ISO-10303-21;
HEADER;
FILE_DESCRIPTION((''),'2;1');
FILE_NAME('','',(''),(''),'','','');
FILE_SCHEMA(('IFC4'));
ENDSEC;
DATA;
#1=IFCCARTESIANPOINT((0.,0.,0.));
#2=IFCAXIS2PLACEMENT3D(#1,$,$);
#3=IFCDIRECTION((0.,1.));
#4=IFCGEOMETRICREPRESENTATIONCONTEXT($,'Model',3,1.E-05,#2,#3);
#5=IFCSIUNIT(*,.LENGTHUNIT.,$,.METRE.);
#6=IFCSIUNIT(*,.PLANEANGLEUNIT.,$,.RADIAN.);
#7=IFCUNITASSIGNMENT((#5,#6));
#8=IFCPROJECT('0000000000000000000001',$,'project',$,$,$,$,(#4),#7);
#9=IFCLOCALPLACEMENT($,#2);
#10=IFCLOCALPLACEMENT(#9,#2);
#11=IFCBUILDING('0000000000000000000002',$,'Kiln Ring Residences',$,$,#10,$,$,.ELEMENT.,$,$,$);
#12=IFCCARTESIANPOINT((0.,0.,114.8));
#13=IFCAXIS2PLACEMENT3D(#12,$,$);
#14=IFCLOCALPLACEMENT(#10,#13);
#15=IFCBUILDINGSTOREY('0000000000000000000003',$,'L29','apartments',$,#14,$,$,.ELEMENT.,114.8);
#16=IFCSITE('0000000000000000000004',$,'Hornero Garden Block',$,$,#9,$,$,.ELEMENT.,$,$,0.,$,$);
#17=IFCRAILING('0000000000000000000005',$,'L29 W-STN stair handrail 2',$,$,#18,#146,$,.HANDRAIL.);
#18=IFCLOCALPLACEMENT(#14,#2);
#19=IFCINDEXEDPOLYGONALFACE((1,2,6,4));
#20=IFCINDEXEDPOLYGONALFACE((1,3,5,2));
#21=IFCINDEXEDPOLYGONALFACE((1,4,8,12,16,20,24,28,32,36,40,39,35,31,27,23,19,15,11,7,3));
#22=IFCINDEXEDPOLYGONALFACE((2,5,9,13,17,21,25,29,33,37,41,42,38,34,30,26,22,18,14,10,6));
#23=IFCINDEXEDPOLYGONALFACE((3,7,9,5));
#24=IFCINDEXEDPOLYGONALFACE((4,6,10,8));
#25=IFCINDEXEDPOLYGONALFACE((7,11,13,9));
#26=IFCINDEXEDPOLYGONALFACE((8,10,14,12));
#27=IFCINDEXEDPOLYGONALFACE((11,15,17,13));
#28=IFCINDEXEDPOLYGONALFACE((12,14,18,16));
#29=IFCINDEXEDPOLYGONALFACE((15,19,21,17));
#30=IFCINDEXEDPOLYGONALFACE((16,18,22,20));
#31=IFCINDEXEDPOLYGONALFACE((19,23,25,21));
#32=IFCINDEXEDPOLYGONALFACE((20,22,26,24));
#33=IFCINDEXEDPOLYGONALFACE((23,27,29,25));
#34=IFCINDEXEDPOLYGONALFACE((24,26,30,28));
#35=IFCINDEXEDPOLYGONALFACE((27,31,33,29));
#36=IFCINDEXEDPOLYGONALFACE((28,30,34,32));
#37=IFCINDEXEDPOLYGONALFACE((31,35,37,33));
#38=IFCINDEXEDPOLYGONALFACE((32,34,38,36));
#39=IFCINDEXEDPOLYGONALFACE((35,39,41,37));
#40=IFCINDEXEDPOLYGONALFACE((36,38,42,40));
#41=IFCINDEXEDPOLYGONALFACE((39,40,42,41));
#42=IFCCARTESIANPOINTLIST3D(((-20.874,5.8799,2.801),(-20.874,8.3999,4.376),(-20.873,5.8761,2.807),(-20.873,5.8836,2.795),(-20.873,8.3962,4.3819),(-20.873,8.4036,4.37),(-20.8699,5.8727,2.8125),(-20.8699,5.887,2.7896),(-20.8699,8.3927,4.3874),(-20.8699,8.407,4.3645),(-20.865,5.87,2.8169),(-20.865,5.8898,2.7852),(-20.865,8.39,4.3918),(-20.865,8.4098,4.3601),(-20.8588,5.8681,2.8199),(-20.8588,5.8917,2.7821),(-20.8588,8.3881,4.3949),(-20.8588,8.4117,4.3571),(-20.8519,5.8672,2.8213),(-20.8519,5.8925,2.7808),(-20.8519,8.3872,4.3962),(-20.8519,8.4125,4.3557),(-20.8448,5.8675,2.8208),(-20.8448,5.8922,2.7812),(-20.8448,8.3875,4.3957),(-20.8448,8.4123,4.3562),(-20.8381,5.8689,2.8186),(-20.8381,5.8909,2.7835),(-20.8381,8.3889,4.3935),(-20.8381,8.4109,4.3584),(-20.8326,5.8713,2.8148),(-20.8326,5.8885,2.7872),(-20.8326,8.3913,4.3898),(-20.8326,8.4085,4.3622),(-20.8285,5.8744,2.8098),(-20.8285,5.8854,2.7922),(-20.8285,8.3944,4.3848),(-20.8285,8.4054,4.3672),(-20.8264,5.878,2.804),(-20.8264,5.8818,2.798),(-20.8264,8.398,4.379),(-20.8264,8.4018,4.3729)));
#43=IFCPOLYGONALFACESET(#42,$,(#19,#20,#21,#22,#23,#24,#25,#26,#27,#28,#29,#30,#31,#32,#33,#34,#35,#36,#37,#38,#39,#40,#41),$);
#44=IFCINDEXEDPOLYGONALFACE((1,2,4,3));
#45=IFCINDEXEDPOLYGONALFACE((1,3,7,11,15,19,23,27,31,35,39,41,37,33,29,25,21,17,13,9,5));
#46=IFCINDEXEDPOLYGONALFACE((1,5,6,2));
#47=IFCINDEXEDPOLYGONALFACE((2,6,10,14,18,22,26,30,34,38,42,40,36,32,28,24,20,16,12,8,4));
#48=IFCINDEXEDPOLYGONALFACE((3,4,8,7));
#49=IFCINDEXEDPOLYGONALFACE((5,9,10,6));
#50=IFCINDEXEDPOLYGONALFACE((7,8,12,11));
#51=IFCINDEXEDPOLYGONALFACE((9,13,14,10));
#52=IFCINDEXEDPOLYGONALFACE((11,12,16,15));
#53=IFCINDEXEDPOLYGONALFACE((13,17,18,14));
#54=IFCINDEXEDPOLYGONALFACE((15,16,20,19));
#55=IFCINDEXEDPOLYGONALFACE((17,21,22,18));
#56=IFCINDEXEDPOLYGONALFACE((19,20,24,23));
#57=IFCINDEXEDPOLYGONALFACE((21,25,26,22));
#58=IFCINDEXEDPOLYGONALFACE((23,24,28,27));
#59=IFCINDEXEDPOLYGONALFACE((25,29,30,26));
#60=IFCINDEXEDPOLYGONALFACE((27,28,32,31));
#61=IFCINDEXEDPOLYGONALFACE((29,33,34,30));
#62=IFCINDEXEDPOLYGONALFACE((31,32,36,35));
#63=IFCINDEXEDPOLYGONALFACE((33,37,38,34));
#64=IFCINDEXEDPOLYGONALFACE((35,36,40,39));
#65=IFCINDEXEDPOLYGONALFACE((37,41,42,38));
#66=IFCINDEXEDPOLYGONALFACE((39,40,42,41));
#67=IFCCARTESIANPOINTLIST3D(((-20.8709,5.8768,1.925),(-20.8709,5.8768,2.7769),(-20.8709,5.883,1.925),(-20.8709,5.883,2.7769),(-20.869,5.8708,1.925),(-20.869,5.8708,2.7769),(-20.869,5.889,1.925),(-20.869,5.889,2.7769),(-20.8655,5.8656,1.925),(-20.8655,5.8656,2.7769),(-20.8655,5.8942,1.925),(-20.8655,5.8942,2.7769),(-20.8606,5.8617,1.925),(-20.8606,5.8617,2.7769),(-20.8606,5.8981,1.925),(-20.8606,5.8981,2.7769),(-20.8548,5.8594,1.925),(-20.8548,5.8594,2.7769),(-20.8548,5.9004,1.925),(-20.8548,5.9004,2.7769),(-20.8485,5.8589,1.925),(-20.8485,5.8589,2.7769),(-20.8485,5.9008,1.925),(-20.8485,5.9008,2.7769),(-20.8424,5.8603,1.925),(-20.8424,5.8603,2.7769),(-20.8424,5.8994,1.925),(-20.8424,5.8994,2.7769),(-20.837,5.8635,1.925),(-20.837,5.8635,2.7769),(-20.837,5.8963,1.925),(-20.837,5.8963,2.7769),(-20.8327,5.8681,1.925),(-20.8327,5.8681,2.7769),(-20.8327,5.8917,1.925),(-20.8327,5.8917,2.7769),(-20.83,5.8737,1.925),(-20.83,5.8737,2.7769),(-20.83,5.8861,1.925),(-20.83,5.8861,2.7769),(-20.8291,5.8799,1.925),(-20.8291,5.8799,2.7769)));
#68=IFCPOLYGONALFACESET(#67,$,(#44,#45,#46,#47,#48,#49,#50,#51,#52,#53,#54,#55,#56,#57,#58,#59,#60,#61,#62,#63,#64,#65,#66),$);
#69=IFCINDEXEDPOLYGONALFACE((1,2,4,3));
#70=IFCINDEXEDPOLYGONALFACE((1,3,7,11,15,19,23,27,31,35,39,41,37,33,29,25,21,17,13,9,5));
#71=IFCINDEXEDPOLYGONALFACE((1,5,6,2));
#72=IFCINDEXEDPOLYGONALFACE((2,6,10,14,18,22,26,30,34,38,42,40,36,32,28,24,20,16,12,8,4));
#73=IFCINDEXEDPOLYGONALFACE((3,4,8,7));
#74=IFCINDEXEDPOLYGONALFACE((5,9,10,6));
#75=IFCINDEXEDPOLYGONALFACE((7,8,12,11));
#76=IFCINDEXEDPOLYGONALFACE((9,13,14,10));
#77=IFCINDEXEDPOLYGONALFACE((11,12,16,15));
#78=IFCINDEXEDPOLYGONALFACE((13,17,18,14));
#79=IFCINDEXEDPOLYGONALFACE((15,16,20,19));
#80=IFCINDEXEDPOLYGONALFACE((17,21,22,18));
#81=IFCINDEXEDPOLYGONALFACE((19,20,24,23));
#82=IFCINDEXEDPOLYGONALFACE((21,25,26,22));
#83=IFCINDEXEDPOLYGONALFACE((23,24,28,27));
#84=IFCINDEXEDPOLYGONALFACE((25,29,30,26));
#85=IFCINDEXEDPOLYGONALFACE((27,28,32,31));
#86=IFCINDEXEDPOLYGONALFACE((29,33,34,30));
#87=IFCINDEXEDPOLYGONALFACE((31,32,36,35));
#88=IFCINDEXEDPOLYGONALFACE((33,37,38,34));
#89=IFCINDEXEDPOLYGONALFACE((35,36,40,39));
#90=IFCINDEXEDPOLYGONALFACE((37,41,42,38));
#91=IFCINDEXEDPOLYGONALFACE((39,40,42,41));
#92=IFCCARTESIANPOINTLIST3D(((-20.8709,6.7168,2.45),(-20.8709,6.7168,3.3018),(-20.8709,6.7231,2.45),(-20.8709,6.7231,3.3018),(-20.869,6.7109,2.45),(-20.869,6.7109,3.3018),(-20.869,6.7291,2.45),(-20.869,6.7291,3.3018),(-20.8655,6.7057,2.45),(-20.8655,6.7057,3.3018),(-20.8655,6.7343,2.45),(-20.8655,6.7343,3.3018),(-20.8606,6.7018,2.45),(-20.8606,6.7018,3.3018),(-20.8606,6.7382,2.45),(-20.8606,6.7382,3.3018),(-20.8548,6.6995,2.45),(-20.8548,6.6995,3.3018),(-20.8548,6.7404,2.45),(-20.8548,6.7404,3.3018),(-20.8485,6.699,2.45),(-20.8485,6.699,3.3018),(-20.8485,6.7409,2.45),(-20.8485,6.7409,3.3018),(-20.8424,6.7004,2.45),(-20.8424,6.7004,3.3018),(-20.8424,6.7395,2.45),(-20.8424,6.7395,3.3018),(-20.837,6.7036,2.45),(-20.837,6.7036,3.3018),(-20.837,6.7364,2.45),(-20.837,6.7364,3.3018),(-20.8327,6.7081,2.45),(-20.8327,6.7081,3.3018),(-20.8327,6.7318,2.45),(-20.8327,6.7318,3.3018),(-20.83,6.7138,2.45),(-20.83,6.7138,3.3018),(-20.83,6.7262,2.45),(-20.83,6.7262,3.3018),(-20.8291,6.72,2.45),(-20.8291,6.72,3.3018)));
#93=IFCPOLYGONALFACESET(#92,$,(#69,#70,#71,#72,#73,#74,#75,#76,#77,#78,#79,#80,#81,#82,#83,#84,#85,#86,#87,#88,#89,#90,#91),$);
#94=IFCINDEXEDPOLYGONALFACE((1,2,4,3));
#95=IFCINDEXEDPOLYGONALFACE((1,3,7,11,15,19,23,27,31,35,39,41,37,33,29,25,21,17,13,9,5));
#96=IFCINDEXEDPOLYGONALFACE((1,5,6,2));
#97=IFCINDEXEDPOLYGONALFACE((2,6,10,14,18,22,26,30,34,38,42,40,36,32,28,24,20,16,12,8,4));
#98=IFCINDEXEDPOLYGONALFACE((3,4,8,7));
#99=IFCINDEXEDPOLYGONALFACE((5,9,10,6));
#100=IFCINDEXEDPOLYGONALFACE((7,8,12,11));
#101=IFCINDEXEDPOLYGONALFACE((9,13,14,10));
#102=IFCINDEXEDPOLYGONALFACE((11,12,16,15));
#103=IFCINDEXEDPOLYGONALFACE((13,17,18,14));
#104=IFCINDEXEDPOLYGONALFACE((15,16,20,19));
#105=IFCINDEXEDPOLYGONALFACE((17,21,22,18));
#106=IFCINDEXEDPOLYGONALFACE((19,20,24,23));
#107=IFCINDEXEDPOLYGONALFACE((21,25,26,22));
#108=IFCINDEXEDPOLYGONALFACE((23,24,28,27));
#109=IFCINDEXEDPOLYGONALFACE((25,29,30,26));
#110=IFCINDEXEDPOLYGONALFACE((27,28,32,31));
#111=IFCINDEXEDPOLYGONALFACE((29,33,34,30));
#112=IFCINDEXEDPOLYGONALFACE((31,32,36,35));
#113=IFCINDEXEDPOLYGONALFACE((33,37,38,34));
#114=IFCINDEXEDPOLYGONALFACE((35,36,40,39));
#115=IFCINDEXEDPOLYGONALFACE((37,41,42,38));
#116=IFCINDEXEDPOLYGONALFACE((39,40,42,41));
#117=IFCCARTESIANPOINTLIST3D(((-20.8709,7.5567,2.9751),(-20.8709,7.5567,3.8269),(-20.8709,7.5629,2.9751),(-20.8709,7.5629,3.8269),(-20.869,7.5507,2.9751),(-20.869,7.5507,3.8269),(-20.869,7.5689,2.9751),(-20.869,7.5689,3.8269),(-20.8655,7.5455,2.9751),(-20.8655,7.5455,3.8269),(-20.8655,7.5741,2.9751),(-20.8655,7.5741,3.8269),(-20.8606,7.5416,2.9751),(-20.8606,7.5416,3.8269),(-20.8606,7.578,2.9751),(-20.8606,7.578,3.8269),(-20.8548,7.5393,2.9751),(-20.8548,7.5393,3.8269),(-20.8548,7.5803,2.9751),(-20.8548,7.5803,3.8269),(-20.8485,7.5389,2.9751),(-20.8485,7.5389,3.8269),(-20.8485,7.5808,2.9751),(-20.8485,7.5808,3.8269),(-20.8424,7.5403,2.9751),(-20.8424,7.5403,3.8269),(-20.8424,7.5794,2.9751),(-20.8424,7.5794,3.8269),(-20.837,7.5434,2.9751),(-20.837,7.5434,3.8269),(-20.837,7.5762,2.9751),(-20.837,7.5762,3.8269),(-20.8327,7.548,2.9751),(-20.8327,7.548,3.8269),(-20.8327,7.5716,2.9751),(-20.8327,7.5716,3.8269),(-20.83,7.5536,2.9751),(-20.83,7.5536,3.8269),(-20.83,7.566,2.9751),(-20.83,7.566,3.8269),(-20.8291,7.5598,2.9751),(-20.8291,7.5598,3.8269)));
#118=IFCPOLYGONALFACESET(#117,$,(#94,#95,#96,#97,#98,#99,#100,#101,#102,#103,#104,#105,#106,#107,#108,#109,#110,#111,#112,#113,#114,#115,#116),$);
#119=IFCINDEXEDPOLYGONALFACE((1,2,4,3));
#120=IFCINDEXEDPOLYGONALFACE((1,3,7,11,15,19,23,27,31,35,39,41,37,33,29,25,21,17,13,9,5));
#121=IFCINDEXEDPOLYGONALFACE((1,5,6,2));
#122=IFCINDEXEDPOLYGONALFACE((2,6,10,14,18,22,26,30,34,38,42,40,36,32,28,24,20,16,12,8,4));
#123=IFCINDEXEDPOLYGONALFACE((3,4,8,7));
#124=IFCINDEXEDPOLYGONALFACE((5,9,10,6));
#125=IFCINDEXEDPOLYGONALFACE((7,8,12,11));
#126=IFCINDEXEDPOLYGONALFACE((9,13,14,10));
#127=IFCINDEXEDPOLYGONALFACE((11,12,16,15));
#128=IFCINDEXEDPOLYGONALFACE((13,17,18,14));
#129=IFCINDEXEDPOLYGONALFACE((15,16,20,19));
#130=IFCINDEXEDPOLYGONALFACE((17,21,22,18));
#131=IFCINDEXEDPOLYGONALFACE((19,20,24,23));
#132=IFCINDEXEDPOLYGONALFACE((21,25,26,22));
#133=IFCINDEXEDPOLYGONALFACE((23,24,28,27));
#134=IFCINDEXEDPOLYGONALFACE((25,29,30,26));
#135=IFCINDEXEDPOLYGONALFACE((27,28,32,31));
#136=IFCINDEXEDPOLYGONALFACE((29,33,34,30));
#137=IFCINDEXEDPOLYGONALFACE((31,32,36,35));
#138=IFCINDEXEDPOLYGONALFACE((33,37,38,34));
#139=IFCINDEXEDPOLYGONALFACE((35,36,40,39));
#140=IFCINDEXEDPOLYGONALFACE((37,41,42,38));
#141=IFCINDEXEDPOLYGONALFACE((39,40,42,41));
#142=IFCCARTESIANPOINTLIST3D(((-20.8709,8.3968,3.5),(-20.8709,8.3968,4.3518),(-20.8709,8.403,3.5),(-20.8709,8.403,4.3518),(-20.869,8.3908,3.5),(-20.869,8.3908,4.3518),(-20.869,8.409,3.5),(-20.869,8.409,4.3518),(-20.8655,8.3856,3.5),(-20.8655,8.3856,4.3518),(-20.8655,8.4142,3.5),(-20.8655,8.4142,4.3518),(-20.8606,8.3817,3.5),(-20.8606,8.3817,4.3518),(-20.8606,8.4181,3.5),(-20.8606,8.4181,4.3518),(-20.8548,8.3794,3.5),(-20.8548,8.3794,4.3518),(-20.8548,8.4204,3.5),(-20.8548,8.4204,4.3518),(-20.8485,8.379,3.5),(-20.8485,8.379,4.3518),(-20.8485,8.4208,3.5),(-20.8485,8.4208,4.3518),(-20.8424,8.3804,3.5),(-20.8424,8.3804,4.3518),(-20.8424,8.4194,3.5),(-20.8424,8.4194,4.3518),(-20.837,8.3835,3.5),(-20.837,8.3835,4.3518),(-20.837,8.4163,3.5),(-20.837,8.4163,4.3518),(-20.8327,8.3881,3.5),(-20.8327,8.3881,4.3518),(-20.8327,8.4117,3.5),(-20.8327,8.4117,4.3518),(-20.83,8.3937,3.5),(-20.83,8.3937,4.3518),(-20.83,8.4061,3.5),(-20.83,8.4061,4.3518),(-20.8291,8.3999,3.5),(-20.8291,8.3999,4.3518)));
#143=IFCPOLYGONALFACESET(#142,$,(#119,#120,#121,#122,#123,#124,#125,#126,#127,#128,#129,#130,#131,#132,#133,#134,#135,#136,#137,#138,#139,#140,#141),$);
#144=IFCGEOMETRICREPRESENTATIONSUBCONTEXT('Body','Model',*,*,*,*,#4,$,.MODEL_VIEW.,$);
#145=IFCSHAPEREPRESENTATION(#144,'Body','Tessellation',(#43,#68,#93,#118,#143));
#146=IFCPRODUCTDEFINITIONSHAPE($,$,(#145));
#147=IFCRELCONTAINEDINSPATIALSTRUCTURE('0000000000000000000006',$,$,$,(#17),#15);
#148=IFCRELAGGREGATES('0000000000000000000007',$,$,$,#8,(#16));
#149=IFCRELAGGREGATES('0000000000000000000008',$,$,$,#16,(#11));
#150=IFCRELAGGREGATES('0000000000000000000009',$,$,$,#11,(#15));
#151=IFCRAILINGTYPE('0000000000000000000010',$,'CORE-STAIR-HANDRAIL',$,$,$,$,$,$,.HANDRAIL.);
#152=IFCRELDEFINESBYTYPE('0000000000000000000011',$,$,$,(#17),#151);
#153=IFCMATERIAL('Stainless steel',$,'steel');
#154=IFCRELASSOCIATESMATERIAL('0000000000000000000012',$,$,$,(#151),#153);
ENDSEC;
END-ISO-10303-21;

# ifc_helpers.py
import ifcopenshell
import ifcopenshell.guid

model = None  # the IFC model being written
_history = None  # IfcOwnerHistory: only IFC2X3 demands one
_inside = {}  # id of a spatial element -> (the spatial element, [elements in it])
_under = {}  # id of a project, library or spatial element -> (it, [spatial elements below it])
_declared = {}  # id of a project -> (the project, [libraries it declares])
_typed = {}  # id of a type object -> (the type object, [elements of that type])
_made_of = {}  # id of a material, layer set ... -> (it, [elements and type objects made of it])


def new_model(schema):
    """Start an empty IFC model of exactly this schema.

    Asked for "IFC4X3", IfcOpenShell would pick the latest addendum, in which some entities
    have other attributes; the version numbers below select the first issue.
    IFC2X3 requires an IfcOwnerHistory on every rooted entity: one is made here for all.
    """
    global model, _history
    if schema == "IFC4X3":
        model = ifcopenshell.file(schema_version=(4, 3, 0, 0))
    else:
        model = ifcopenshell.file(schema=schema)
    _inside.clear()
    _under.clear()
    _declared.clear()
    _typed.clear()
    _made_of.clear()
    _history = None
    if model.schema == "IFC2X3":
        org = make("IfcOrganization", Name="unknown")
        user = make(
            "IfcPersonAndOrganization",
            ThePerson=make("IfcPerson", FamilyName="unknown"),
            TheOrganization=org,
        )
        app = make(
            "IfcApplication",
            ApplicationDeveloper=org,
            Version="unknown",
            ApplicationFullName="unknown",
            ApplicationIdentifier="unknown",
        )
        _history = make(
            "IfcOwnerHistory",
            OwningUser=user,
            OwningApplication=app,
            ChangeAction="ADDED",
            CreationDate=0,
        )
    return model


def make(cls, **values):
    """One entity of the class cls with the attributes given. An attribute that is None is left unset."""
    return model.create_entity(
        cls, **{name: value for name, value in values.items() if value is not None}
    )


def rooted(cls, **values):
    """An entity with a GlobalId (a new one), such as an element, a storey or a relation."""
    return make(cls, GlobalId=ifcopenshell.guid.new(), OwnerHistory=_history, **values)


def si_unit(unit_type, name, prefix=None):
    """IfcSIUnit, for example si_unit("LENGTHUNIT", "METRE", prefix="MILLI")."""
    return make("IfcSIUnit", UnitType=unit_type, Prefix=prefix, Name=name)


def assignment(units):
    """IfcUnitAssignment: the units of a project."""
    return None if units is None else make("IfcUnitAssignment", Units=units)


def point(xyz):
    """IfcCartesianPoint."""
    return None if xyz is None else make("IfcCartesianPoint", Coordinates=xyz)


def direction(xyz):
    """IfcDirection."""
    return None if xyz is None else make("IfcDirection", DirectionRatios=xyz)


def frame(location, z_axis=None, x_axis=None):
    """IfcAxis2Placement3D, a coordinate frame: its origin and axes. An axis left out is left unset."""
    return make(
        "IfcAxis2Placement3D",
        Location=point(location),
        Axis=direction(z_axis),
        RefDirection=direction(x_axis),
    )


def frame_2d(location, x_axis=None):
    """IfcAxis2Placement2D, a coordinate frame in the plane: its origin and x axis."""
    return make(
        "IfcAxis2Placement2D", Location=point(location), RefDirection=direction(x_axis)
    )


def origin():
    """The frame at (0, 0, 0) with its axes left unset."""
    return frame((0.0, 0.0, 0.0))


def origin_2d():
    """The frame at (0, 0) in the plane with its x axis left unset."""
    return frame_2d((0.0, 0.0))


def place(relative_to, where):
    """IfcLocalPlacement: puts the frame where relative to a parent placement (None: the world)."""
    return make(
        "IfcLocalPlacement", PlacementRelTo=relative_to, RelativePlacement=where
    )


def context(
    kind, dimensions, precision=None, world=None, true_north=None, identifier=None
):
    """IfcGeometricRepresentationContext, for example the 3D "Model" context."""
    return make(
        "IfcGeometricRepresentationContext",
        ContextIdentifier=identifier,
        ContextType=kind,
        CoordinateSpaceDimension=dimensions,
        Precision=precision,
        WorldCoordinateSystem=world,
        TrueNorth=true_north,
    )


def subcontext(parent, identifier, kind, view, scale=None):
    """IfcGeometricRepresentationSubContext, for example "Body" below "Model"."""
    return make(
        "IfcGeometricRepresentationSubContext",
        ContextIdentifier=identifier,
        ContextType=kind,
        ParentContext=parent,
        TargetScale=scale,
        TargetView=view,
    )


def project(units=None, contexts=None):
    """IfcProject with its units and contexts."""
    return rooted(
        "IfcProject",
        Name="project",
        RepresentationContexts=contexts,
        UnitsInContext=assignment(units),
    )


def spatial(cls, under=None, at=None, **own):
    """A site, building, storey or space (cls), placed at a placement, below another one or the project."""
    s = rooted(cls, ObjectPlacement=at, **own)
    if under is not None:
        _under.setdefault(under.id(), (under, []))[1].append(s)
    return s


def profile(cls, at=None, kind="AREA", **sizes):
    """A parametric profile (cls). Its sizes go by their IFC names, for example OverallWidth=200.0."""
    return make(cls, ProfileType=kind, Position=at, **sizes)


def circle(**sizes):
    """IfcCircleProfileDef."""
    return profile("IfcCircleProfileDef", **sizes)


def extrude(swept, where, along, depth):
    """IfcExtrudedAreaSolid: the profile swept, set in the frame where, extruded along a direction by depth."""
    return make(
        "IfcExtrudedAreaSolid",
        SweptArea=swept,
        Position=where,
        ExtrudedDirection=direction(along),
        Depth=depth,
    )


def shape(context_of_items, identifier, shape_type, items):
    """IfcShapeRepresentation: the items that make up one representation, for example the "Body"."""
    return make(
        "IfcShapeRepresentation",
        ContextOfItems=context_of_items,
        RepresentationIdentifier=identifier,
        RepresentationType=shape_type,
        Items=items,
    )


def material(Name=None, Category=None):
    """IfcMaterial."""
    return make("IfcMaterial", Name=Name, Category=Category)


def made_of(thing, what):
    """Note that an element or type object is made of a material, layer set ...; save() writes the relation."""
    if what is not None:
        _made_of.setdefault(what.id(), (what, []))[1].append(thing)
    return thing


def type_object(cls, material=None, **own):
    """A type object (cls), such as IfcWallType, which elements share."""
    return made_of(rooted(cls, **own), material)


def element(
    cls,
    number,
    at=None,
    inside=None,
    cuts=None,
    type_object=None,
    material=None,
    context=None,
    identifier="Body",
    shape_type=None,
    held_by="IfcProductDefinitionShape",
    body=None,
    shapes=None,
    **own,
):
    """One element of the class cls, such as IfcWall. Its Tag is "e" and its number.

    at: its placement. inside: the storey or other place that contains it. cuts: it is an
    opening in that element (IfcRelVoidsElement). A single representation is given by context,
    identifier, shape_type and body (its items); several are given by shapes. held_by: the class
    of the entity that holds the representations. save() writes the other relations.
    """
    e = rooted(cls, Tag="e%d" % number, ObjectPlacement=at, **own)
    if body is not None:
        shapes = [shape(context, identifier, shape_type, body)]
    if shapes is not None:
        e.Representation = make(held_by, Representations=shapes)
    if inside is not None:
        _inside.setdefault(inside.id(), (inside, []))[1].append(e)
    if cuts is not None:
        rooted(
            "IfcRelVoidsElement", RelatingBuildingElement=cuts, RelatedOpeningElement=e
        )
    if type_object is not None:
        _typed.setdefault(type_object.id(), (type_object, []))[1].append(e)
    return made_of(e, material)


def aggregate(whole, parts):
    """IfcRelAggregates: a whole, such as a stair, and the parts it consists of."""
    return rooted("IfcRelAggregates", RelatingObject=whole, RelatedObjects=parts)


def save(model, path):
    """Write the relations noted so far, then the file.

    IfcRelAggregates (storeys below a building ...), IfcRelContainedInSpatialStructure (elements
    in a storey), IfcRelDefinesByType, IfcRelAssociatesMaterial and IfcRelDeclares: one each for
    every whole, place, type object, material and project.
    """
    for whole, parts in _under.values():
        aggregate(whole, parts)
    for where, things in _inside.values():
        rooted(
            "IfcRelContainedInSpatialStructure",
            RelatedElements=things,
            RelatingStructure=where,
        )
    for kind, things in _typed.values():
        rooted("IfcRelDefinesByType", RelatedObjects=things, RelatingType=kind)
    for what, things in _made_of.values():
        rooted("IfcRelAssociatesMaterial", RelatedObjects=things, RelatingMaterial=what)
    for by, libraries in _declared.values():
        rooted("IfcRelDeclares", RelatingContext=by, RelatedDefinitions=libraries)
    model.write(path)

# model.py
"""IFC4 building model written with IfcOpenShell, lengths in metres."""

from ifc_helpers import new_model, si_unit, direction, frame, origin, origin_2d, place, context, subcontext, project, spatial, circle, extrude, material, type_object, element, save


model = new_model("IFC4")

# Units and contexts
model_context = context("Model", 3, precision=1e-05, world=origin(), true_north=direction((0.0, 1.0)))
body_context = subcontext(model_context, "Body", "Model", "MODEL_VIEW")
ifc_project = project(units=[si_unit("LENGTHUNIT", "METRE"), si_unit("PLANEANGLEUNIT", "RADIAN")], contexts=[model_context])

# Site, building, storey
site_placement = place(None, origin())
site = spatial("IfcSite", under=ifc_project, at=site_placement, Name="Hornero Garden Block", CompositionType="ELEMENT", RefElevation=0.0)
building_placement = place(site_placement, origin())
building = spatial("IfcBuilding", under=site, at=building_placement, Name="Kiln Ring Residences", CompositionType="ELEMENT")
storey_placement = place(building_placement, frame((0.0, 0.0, 114.8)))
storey = spatial("IfcBuildingStorey", under=building, at=storey_placement, Name="L29", Description="apartments", CompositionType="ELEMENT", Elevation=114.8)

# Railing
ifc_material_1 = material(Name="Stainless steel", Category="steel")
railing_type_1 = type_object("IfcRailingType", Name="CORE-STAIR-HANDRAIL", PredefinedType="HANDRAIL", material=ifc_material_1)
railing_1_placement = place(storey_placement, frame((-20.8501, 5.8799, 1.925)))
element("IfcRailing", 1, at=railing_1_placement, inside=storey, type_object=railing_type_1, Name="L29 W-STN stair handrail 2", PredefinedType="HANDRAIL", context=body_context, shape_type="SweptSolid", body=[
    extrude(circle(Radius=0.0239, at=origin_2d()), frame((0.0, 0.0, 0.876), z_axis=(0.0, 0.848008, 0.529984), x_axis=(-1.0, 0.0, 0.0)), (0.0, 0.0, 1.0), 2.9717),
    extrude(circle(Radius=0.021, at=origin_2d()), origin(), (0.0, 0.0, 1.0), 0.8518),
    extrude(circle(Radius=0.021, at=origin_2d()), frame((0.0, 0.8401, 0.5249)), (0.0, 0.0, 1.0), 0.8518),
    extrude(circle(Radius=0.021, at=origin_2d()), frame((0.0, 1.6799, 1.05)), (0.0, 0.0, 1.0), 0.8518),
    extrude(circle(Radius=0.021, at=origin_2d()), frame((0.0, 2.52, 1.575)), (0.0, 0.0, 1.0), 0.8518),
])

save(model, "model.ifc")
